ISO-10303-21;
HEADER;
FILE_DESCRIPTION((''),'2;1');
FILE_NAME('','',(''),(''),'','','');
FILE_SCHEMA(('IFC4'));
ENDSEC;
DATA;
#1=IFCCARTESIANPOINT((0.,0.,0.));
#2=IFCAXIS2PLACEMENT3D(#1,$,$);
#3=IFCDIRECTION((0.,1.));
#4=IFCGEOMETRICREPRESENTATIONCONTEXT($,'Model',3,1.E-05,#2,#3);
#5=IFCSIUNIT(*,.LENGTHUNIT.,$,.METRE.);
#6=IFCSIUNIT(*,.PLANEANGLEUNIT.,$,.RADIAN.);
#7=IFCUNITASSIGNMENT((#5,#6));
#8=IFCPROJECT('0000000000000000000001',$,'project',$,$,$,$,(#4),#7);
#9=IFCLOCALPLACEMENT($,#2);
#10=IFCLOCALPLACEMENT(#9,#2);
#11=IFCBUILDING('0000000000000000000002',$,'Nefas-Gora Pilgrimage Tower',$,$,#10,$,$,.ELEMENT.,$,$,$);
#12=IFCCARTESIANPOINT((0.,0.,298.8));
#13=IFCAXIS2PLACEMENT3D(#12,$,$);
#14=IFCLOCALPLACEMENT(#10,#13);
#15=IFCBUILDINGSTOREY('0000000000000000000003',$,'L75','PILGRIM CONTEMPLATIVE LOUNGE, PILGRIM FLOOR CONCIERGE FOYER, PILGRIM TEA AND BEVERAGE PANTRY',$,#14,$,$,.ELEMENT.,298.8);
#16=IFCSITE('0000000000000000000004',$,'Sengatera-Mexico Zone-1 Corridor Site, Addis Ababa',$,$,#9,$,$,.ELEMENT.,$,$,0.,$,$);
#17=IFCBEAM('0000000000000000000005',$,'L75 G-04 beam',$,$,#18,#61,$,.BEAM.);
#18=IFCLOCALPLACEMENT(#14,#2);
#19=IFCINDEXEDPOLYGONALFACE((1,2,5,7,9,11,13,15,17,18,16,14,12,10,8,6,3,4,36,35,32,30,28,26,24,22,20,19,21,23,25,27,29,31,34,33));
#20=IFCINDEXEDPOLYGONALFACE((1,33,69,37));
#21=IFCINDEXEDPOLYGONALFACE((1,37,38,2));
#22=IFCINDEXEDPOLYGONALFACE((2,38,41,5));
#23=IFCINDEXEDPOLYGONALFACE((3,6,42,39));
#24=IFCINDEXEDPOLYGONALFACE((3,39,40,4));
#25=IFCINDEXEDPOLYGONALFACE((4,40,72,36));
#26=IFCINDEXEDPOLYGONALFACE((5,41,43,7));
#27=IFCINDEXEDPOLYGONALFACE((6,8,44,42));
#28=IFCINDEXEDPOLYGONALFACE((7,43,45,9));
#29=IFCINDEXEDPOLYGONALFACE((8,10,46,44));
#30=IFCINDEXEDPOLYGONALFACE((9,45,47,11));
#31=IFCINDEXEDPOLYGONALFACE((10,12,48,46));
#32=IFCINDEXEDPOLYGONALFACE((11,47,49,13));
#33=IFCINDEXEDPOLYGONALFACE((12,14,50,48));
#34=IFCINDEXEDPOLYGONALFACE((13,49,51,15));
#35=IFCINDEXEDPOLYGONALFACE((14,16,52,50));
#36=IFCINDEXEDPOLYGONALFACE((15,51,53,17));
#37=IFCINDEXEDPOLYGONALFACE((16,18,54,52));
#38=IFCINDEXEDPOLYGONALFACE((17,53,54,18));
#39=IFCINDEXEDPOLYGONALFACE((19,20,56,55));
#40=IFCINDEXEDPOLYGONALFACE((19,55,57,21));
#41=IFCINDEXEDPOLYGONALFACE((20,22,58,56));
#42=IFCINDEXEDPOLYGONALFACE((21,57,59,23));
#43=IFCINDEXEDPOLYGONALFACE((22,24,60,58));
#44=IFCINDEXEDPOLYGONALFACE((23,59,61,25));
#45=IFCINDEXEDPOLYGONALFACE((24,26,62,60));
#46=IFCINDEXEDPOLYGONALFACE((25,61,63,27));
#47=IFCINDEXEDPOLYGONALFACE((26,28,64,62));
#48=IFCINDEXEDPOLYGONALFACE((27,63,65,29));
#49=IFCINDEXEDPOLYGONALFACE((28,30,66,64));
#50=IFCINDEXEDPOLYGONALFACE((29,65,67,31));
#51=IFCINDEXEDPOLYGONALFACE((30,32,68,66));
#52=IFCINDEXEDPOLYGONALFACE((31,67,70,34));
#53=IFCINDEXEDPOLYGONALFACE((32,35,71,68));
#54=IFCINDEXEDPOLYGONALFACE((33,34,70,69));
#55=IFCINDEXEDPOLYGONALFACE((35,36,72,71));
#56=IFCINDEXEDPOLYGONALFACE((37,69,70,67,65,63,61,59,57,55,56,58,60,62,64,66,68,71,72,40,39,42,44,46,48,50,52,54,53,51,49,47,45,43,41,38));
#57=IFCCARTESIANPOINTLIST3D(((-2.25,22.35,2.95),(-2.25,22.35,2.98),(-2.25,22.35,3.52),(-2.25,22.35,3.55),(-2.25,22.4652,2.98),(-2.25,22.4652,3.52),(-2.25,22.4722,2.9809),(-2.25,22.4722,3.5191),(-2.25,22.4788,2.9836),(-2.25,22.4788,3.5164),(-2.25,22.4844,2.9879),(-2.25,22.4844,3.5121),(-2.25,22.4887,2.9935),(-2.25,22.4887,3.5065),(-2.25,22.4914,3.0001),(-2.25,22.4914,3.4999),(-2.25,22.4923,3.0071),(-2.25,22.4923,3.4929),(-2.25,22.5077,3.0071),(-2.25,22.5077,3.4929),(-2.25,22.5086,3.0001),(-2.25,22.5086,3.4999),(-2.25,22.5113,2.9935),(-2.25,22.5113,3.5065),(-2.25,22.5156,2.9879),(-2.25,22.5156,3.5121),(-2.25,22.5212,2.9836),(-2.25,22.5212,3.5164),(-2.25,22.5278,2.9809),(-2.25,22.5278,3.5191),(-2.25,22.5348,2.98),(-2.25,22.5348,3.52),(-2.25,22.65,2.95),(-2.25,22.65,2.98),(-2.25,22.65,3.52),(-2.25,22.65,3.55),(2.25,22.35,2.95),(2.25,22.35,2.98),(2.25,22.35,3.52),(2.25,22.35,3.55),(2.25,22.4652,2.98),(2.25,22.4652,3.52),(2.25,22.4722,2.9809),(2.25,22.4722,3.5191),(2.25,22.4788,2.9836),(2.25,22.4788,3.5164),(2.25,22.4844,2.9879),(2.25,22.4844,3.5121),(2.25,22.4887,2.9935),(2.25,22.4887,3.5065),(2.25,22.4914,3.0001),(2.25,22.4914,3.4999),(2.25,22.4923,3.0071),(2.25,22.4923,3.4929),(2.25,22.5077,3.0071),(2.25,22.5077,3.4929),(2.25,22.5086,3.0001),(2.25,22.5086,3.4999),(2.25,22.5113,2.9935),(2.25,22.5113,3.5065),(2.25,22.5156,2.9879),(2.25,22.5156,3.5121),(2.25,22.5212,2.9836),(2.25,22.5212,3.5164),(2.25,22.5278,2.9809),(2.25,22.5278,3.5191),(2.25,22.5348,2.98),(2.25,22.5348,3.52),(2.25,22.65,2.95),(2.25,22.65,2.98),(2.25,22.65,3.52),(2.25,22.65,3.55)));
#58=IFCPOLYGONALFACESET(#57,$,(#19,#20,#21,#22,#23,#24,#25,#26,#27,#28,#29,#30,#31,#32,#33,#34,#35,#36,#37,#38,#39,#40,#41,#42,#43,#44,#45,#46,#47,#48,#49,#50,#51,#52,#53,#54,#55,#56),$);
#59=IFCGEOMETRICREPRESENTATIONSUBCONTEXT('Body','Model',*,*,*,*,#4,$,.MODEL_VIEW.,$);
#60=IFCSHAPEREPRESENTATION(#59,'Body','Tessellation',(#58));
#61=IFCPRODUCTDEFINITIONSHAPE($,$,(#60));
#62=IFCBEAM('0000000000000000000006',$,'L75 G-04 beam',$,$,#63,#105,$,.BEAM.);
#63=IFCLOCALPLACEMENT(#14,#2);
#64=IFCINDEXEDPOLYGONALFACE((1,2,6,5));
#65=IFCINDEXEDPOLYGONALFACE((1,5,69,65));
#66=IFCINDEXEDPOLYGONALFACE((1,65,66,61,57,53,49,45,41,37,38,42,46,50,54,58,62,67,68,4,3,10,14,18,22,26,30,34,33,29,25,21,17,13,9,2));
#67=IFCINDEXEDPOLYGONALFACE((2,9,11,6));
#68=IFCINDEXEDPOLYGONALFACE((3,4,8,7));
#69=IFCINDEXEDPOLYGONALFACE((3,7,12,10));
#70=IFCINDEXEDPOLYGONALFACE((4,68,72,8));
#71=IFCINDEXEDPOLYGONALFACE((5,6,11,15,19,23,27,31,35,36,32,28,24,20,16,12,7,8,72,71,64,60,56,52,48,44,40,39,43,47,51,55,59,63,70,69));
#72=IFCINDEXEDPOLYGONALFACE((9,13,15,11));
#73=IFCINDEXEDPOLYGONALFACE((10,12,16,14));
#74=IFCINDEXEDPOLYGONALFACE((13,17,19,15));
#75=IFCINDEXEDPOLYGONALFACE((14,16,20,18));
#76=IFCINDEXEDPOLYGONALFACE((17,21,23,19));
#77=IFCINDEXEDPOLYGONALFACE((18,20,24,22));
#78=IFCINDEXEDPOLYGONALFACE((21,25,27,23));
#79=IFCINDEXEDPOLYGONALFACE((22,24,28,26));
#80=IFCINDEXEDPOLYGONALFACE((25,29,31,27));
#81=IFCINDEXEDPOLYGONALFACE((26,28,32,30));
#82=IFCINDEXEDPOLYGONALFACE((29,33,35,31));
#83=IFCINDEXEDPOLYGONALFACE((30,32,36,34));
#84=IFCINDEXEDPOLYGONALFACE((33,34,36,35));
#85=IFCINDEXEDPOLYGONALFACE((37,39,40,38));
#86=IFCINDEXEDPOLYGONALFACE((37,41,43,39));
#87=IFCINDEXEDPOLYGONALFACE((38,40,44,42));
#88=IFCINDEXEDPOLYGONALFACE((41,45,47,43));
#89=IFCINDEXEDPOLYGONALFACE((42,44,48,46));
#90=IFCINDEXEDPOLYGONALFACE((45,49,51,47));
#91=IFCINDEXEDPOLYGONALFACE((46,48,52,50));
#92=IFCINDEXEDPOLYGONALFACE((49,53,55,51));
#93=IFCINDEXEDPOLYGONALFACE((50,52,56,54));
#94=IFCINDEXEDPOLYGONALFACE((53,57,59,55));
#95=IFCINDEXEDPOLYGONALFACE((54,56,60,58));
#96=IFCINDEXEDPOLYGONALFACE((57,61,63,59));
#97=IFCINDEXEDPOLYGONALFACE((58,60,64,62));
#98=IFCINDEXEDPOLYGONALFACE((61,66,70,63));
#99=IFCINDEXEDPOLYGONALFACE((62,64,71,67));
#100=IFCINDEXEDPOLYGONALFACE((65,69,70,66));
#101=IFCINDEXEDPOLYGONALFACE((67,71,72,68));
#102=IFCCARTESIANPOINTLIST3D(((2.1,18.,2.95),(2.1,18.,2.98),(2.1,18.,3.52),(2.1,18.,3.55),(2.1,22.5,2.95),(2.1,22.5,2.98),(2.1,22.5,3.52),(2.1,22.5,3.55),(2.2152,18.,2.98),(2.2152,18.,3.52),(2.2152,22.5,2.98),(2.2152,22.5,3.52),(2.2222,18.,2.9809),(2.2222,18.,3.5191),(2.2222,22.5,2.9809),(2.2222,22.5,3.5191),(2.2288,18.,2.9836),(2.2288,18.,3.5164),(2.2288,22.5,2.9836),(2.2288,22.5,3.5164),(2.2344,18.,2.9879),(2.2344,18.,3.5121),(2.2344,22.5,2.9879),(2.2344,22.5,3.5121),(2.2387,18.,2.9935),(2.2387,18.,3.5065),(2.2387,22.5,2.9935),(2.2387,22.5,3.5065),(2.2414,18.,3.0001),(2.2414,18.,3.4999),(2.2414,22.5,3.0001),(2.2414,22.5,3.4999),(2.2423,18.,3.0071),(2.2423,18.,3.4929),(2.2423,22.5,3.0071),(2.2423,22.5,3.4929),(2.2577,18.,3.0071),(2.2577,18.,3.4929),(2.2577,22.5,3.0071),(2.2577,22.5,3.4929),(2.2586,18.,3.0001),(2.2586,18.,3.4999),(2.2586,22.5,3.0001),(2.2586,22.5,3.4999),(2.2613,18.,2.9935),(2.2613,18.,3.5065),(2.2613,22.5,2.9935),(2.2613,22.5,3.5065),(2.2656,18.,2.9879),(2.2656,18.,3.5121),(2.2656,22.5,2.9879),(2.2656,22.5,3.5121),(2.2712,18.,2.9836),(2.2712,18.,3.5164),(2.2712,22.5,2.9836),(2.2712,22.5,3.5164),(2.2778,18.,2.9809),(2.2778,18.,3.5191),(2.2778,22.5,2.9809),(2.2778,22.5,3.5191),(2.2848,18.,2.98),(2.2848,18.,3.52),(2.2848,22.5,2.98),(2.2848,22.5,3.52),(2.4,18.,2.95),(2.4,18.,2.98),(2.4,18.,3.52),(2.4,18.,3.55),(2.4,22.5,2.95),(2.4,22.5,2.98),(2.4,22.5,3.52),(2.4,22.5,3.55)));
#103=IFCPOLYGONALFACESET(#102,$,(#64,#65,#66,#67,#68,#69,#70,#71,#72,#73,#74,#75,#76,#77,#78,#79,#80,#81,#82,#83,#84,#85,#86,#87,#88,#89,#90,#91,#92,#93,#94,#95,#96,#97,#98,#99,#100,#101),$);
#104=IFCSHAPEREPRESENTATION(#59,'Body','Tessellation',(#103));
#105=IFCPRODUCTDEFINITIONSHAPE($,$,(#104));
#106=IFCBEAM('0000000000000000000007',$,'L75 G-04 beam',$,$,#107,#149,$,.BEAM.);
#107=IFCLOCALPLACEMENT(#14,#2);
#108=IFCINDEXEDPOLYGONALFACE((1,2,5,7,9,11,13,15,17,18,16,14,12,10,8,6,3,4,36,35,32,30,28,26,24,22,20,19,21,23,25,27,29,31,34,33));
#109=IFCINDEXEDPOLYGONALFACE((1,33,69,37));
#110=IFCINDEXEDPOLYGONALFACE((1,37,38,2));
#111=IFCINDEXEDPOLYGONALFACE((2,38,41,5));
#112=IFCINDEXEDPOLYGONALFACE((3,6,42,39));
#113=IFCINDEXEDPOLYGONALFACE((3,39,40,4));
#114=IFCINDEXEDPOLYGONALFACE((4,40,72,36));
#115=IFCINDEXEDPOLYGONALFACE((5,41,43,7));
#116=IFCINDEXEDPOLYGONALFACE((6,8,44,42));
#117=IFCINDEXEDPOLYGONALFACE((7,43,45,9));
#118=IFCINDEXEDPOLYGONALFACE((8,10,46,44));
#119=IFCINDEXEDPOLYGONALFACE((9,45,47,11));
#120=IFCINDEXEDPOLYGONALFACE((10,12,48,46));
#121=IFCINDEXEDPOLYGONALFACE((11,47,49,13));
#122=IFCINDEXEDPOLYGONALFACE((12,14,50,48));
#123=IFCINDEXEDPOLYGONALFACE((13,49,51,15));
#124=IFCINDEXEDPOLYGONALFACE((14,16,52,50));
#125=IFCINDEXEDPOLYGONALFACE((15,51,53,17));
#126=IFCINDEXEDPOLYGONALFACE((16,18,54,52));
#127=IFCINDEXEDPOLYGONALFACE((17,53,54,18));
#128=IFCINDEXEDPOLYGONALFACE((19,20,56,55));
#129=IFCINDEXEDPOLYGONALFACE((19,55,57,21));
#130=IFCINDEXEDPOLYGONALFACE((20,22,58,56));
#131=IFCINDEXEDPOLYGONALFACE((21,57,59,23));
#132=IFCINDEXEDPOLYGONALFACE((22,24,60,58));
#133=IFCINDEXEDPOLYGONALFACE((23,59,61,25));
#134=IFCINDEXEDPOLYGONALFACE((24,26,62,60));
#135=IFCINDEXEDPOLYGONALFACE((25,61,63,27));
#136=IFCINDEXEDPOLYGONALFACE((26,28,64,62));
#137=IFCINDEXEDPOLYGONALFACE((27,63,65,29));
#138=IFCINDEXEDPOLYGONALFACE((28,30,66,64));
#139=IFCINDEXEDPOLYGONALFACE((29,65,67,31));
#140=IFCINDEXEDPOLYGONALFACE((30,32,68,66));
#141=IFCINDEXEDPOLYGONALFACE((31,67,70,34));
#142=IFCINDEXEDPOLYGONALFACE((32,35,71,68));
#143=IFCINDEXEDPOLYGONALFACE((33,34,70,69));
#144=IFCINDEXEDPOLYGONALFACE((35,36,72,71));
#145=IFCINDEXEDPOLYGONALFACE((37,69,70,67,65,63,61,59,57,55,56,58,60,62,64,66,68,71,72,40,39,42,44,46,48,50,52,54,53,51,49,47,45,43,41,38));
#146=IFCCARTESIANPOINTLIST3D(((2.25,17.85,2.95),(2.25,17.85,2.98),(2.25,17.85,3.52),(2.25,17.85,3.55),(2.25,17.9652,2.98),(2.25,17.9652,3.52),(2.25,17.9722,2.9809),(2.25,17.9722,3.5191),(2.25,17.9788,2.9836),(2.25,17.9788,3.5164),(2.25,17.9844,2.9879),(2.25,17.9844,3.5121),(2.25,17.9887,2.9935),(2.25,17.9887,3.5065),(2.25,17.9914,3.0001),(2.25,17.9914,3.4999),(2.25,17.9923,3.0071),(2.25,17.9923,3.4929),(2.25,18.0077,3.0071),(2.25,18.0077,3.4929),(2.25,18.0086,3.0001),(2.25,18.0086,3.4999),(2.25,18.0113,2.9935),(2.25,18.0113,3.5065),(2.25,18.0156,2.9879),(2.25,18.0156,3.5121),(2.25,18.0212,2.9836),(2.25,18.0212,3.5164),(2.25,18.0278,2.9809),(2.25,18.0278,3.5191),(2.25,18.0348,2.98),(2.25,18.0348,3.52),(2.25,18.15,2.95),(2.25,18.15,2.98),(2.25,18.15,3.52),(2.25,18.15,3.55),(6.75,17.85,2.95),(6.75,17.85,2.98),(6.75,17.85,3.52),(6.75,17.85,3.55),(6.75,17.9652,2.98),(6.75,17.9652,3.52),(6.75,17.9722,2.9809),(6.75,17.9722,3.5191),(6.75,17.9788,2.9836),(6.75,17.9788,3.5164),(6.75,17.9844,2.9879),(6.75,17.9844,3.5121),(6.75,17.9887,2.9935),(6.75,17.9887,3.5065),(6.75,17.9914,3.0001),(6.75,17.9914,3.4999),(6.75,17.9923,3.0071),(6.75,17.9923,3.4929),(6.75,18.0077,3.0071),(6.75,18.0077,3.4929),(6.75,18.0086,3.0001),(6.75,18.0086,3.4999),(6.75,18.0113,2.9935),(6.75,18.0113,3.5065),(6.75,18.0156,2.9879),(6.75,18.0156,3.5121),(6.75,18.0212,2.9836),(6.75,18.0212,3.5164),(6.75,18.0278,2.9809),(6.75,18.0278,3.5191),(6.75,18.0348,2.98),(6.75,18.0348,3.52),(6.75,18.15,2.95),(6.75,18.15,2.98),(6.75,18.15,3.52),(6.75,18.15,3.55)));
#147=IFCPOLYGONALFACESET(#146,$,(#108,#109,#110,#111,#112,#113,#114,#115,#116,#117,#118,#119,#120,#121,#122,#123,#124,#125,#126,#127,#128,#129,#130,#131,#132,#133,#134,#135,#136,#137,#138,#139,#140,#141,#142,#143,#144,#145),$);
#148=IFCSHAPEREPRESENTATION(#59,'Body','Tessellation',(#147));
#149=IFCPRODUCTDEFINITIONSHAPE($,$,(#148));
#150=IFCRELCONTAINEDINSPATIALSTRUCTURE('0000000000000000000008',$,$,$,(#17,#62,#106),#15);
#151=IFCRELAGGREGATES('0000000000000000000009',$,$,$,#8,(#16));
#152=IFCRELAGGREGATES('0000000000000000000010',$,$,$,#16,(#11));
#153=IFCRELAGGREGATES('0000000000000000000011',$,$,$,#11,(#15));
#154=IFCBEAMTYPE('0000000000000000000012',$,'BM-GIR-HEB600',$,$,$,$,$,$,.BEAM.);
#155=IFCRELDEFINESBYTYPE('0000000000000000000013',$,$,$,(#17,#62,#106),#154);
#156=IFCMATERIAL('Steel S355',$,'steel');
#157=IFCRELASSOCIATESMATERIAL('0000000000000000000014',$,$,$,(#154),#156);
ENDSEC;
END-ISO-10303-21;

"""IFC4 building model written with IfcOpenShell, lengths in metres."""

from ifc_helpers import new_model, si_unit, direction, frame, origin, origin_2d, place, context, subcontext, project, spatial, i_section, extrude, source, transform, mapped, material, material_profile, profile_set, type_object, element, save


model = new_model("IFC4")

# Units and contexts
model_context = context("Model", 3, precision=1e-05, world=origin(), true_north=direction((0.0, 1.0)))
body_context = subcontext(model_context, "Body", "Model", "MODEL_VIEW")
ifc_project = project(units=[si_unit("LENGTHUNIT", "METRE"), si_unit("PLANEANGLEUNIT", "RADIAN")], contexts=[model_context])

# Site, building, storey
site_placement = place(None, origin())
site = spatial("IfcSite", under=ifc_project, at=site_placement, Name="Sengatera-Mexico Zone-1 Corridor Site, Addis Ababa", CompositionType="ELEMENT", RefElevation=0.0)
building_placement = place(site_placement, origin())
building = spatial("IfcBuilding", under=site, at=building_placement, Name="Nefas-Gora Pilgrimage Tower", CompositionType="ELEMENT")
storey_placement = place(building_placement, frame((0.0, 0.0, 298.8)))
storey = spatial("IfcBuildingStorey", under=building, at=storey_placement, Name="L75", Description="PILGRIM CONTEMPLATIVE LOUNGE, PILGRIM FLOOR CONCIERGE FOYER, PILGRIM TEA AND BEVERAGE PANTRY", CompositionType="ELEMENT", Elevation=298.8)

# Shared definitions
ifc_material_1 = material(Name="Steel S355", Category="steel")

# Beams
ifc_material_profile_1 = material_profile(ifc_material_1, i_section(OverallWidth=0.3, OverallDepth=0.6001, WebThickness=0.0154, FlangeThickness=0.03, FilletRadius=0.0271, at=origin_2d()), Name="HEB 600")
ifc_profile_set_1 = profile_set([ifc_material_profile_1], Name="Steel S355")
beam_type = type_object("IfcBeamType", Name="BM-GIR-HEB600", PredefinedType="BEAM", material=ifc_profile_set_1)
shared_shape_1 = source(origin(), body_context, "Body", "SweptSolid", [
    extrude(i_section(OverallWidth=0.3, OverallDepth=0.6001, WebThickness=0.0154, FlangeThickness=0.03, FilletRadius=0.0271, at=origin_2d()), origin(), (0.0, 0.0, 1.0), 4.5),
])
for number, where, z_axis, x_axis, name in (
    (1, (-2.25, 22.5, 3.25), (1.0, 0.0, 0.0), (0.0, 1.0, 0.0), "L75 G-04 beam"),
    (2, (2.25, 18.0, 3.25), (0.0, 1.0, 0.0), (-1.0, 0.0, 0.0), "L75 G-04 beam"),
    (3, (2.25, 18.0, 3.25), (1.0, 0.0, 0.0), (0.0, 1.0, 0.0), "L75 G-04 beam"),
):
    element("IfcBeam", number, at=place(storey_placement, frame(where, z_axis=z_axis, x_axis=x_axis)), inside=storey, type_object=beam_type, Name=name, PredefinedType="BEAM", context=body_context, shape_type="MappedRepresentation", body=[
        mapped(shared_shape_1, transform((0.0, 0.0, 0.0), x_axis=(1.0, 0.0, 0.0), y_axis=(0.0, 1.0, 0.0), z_axis=(0.0, 0.0, 1.0), scale=1.0)),
    ])

save(model, "model.ifc")
